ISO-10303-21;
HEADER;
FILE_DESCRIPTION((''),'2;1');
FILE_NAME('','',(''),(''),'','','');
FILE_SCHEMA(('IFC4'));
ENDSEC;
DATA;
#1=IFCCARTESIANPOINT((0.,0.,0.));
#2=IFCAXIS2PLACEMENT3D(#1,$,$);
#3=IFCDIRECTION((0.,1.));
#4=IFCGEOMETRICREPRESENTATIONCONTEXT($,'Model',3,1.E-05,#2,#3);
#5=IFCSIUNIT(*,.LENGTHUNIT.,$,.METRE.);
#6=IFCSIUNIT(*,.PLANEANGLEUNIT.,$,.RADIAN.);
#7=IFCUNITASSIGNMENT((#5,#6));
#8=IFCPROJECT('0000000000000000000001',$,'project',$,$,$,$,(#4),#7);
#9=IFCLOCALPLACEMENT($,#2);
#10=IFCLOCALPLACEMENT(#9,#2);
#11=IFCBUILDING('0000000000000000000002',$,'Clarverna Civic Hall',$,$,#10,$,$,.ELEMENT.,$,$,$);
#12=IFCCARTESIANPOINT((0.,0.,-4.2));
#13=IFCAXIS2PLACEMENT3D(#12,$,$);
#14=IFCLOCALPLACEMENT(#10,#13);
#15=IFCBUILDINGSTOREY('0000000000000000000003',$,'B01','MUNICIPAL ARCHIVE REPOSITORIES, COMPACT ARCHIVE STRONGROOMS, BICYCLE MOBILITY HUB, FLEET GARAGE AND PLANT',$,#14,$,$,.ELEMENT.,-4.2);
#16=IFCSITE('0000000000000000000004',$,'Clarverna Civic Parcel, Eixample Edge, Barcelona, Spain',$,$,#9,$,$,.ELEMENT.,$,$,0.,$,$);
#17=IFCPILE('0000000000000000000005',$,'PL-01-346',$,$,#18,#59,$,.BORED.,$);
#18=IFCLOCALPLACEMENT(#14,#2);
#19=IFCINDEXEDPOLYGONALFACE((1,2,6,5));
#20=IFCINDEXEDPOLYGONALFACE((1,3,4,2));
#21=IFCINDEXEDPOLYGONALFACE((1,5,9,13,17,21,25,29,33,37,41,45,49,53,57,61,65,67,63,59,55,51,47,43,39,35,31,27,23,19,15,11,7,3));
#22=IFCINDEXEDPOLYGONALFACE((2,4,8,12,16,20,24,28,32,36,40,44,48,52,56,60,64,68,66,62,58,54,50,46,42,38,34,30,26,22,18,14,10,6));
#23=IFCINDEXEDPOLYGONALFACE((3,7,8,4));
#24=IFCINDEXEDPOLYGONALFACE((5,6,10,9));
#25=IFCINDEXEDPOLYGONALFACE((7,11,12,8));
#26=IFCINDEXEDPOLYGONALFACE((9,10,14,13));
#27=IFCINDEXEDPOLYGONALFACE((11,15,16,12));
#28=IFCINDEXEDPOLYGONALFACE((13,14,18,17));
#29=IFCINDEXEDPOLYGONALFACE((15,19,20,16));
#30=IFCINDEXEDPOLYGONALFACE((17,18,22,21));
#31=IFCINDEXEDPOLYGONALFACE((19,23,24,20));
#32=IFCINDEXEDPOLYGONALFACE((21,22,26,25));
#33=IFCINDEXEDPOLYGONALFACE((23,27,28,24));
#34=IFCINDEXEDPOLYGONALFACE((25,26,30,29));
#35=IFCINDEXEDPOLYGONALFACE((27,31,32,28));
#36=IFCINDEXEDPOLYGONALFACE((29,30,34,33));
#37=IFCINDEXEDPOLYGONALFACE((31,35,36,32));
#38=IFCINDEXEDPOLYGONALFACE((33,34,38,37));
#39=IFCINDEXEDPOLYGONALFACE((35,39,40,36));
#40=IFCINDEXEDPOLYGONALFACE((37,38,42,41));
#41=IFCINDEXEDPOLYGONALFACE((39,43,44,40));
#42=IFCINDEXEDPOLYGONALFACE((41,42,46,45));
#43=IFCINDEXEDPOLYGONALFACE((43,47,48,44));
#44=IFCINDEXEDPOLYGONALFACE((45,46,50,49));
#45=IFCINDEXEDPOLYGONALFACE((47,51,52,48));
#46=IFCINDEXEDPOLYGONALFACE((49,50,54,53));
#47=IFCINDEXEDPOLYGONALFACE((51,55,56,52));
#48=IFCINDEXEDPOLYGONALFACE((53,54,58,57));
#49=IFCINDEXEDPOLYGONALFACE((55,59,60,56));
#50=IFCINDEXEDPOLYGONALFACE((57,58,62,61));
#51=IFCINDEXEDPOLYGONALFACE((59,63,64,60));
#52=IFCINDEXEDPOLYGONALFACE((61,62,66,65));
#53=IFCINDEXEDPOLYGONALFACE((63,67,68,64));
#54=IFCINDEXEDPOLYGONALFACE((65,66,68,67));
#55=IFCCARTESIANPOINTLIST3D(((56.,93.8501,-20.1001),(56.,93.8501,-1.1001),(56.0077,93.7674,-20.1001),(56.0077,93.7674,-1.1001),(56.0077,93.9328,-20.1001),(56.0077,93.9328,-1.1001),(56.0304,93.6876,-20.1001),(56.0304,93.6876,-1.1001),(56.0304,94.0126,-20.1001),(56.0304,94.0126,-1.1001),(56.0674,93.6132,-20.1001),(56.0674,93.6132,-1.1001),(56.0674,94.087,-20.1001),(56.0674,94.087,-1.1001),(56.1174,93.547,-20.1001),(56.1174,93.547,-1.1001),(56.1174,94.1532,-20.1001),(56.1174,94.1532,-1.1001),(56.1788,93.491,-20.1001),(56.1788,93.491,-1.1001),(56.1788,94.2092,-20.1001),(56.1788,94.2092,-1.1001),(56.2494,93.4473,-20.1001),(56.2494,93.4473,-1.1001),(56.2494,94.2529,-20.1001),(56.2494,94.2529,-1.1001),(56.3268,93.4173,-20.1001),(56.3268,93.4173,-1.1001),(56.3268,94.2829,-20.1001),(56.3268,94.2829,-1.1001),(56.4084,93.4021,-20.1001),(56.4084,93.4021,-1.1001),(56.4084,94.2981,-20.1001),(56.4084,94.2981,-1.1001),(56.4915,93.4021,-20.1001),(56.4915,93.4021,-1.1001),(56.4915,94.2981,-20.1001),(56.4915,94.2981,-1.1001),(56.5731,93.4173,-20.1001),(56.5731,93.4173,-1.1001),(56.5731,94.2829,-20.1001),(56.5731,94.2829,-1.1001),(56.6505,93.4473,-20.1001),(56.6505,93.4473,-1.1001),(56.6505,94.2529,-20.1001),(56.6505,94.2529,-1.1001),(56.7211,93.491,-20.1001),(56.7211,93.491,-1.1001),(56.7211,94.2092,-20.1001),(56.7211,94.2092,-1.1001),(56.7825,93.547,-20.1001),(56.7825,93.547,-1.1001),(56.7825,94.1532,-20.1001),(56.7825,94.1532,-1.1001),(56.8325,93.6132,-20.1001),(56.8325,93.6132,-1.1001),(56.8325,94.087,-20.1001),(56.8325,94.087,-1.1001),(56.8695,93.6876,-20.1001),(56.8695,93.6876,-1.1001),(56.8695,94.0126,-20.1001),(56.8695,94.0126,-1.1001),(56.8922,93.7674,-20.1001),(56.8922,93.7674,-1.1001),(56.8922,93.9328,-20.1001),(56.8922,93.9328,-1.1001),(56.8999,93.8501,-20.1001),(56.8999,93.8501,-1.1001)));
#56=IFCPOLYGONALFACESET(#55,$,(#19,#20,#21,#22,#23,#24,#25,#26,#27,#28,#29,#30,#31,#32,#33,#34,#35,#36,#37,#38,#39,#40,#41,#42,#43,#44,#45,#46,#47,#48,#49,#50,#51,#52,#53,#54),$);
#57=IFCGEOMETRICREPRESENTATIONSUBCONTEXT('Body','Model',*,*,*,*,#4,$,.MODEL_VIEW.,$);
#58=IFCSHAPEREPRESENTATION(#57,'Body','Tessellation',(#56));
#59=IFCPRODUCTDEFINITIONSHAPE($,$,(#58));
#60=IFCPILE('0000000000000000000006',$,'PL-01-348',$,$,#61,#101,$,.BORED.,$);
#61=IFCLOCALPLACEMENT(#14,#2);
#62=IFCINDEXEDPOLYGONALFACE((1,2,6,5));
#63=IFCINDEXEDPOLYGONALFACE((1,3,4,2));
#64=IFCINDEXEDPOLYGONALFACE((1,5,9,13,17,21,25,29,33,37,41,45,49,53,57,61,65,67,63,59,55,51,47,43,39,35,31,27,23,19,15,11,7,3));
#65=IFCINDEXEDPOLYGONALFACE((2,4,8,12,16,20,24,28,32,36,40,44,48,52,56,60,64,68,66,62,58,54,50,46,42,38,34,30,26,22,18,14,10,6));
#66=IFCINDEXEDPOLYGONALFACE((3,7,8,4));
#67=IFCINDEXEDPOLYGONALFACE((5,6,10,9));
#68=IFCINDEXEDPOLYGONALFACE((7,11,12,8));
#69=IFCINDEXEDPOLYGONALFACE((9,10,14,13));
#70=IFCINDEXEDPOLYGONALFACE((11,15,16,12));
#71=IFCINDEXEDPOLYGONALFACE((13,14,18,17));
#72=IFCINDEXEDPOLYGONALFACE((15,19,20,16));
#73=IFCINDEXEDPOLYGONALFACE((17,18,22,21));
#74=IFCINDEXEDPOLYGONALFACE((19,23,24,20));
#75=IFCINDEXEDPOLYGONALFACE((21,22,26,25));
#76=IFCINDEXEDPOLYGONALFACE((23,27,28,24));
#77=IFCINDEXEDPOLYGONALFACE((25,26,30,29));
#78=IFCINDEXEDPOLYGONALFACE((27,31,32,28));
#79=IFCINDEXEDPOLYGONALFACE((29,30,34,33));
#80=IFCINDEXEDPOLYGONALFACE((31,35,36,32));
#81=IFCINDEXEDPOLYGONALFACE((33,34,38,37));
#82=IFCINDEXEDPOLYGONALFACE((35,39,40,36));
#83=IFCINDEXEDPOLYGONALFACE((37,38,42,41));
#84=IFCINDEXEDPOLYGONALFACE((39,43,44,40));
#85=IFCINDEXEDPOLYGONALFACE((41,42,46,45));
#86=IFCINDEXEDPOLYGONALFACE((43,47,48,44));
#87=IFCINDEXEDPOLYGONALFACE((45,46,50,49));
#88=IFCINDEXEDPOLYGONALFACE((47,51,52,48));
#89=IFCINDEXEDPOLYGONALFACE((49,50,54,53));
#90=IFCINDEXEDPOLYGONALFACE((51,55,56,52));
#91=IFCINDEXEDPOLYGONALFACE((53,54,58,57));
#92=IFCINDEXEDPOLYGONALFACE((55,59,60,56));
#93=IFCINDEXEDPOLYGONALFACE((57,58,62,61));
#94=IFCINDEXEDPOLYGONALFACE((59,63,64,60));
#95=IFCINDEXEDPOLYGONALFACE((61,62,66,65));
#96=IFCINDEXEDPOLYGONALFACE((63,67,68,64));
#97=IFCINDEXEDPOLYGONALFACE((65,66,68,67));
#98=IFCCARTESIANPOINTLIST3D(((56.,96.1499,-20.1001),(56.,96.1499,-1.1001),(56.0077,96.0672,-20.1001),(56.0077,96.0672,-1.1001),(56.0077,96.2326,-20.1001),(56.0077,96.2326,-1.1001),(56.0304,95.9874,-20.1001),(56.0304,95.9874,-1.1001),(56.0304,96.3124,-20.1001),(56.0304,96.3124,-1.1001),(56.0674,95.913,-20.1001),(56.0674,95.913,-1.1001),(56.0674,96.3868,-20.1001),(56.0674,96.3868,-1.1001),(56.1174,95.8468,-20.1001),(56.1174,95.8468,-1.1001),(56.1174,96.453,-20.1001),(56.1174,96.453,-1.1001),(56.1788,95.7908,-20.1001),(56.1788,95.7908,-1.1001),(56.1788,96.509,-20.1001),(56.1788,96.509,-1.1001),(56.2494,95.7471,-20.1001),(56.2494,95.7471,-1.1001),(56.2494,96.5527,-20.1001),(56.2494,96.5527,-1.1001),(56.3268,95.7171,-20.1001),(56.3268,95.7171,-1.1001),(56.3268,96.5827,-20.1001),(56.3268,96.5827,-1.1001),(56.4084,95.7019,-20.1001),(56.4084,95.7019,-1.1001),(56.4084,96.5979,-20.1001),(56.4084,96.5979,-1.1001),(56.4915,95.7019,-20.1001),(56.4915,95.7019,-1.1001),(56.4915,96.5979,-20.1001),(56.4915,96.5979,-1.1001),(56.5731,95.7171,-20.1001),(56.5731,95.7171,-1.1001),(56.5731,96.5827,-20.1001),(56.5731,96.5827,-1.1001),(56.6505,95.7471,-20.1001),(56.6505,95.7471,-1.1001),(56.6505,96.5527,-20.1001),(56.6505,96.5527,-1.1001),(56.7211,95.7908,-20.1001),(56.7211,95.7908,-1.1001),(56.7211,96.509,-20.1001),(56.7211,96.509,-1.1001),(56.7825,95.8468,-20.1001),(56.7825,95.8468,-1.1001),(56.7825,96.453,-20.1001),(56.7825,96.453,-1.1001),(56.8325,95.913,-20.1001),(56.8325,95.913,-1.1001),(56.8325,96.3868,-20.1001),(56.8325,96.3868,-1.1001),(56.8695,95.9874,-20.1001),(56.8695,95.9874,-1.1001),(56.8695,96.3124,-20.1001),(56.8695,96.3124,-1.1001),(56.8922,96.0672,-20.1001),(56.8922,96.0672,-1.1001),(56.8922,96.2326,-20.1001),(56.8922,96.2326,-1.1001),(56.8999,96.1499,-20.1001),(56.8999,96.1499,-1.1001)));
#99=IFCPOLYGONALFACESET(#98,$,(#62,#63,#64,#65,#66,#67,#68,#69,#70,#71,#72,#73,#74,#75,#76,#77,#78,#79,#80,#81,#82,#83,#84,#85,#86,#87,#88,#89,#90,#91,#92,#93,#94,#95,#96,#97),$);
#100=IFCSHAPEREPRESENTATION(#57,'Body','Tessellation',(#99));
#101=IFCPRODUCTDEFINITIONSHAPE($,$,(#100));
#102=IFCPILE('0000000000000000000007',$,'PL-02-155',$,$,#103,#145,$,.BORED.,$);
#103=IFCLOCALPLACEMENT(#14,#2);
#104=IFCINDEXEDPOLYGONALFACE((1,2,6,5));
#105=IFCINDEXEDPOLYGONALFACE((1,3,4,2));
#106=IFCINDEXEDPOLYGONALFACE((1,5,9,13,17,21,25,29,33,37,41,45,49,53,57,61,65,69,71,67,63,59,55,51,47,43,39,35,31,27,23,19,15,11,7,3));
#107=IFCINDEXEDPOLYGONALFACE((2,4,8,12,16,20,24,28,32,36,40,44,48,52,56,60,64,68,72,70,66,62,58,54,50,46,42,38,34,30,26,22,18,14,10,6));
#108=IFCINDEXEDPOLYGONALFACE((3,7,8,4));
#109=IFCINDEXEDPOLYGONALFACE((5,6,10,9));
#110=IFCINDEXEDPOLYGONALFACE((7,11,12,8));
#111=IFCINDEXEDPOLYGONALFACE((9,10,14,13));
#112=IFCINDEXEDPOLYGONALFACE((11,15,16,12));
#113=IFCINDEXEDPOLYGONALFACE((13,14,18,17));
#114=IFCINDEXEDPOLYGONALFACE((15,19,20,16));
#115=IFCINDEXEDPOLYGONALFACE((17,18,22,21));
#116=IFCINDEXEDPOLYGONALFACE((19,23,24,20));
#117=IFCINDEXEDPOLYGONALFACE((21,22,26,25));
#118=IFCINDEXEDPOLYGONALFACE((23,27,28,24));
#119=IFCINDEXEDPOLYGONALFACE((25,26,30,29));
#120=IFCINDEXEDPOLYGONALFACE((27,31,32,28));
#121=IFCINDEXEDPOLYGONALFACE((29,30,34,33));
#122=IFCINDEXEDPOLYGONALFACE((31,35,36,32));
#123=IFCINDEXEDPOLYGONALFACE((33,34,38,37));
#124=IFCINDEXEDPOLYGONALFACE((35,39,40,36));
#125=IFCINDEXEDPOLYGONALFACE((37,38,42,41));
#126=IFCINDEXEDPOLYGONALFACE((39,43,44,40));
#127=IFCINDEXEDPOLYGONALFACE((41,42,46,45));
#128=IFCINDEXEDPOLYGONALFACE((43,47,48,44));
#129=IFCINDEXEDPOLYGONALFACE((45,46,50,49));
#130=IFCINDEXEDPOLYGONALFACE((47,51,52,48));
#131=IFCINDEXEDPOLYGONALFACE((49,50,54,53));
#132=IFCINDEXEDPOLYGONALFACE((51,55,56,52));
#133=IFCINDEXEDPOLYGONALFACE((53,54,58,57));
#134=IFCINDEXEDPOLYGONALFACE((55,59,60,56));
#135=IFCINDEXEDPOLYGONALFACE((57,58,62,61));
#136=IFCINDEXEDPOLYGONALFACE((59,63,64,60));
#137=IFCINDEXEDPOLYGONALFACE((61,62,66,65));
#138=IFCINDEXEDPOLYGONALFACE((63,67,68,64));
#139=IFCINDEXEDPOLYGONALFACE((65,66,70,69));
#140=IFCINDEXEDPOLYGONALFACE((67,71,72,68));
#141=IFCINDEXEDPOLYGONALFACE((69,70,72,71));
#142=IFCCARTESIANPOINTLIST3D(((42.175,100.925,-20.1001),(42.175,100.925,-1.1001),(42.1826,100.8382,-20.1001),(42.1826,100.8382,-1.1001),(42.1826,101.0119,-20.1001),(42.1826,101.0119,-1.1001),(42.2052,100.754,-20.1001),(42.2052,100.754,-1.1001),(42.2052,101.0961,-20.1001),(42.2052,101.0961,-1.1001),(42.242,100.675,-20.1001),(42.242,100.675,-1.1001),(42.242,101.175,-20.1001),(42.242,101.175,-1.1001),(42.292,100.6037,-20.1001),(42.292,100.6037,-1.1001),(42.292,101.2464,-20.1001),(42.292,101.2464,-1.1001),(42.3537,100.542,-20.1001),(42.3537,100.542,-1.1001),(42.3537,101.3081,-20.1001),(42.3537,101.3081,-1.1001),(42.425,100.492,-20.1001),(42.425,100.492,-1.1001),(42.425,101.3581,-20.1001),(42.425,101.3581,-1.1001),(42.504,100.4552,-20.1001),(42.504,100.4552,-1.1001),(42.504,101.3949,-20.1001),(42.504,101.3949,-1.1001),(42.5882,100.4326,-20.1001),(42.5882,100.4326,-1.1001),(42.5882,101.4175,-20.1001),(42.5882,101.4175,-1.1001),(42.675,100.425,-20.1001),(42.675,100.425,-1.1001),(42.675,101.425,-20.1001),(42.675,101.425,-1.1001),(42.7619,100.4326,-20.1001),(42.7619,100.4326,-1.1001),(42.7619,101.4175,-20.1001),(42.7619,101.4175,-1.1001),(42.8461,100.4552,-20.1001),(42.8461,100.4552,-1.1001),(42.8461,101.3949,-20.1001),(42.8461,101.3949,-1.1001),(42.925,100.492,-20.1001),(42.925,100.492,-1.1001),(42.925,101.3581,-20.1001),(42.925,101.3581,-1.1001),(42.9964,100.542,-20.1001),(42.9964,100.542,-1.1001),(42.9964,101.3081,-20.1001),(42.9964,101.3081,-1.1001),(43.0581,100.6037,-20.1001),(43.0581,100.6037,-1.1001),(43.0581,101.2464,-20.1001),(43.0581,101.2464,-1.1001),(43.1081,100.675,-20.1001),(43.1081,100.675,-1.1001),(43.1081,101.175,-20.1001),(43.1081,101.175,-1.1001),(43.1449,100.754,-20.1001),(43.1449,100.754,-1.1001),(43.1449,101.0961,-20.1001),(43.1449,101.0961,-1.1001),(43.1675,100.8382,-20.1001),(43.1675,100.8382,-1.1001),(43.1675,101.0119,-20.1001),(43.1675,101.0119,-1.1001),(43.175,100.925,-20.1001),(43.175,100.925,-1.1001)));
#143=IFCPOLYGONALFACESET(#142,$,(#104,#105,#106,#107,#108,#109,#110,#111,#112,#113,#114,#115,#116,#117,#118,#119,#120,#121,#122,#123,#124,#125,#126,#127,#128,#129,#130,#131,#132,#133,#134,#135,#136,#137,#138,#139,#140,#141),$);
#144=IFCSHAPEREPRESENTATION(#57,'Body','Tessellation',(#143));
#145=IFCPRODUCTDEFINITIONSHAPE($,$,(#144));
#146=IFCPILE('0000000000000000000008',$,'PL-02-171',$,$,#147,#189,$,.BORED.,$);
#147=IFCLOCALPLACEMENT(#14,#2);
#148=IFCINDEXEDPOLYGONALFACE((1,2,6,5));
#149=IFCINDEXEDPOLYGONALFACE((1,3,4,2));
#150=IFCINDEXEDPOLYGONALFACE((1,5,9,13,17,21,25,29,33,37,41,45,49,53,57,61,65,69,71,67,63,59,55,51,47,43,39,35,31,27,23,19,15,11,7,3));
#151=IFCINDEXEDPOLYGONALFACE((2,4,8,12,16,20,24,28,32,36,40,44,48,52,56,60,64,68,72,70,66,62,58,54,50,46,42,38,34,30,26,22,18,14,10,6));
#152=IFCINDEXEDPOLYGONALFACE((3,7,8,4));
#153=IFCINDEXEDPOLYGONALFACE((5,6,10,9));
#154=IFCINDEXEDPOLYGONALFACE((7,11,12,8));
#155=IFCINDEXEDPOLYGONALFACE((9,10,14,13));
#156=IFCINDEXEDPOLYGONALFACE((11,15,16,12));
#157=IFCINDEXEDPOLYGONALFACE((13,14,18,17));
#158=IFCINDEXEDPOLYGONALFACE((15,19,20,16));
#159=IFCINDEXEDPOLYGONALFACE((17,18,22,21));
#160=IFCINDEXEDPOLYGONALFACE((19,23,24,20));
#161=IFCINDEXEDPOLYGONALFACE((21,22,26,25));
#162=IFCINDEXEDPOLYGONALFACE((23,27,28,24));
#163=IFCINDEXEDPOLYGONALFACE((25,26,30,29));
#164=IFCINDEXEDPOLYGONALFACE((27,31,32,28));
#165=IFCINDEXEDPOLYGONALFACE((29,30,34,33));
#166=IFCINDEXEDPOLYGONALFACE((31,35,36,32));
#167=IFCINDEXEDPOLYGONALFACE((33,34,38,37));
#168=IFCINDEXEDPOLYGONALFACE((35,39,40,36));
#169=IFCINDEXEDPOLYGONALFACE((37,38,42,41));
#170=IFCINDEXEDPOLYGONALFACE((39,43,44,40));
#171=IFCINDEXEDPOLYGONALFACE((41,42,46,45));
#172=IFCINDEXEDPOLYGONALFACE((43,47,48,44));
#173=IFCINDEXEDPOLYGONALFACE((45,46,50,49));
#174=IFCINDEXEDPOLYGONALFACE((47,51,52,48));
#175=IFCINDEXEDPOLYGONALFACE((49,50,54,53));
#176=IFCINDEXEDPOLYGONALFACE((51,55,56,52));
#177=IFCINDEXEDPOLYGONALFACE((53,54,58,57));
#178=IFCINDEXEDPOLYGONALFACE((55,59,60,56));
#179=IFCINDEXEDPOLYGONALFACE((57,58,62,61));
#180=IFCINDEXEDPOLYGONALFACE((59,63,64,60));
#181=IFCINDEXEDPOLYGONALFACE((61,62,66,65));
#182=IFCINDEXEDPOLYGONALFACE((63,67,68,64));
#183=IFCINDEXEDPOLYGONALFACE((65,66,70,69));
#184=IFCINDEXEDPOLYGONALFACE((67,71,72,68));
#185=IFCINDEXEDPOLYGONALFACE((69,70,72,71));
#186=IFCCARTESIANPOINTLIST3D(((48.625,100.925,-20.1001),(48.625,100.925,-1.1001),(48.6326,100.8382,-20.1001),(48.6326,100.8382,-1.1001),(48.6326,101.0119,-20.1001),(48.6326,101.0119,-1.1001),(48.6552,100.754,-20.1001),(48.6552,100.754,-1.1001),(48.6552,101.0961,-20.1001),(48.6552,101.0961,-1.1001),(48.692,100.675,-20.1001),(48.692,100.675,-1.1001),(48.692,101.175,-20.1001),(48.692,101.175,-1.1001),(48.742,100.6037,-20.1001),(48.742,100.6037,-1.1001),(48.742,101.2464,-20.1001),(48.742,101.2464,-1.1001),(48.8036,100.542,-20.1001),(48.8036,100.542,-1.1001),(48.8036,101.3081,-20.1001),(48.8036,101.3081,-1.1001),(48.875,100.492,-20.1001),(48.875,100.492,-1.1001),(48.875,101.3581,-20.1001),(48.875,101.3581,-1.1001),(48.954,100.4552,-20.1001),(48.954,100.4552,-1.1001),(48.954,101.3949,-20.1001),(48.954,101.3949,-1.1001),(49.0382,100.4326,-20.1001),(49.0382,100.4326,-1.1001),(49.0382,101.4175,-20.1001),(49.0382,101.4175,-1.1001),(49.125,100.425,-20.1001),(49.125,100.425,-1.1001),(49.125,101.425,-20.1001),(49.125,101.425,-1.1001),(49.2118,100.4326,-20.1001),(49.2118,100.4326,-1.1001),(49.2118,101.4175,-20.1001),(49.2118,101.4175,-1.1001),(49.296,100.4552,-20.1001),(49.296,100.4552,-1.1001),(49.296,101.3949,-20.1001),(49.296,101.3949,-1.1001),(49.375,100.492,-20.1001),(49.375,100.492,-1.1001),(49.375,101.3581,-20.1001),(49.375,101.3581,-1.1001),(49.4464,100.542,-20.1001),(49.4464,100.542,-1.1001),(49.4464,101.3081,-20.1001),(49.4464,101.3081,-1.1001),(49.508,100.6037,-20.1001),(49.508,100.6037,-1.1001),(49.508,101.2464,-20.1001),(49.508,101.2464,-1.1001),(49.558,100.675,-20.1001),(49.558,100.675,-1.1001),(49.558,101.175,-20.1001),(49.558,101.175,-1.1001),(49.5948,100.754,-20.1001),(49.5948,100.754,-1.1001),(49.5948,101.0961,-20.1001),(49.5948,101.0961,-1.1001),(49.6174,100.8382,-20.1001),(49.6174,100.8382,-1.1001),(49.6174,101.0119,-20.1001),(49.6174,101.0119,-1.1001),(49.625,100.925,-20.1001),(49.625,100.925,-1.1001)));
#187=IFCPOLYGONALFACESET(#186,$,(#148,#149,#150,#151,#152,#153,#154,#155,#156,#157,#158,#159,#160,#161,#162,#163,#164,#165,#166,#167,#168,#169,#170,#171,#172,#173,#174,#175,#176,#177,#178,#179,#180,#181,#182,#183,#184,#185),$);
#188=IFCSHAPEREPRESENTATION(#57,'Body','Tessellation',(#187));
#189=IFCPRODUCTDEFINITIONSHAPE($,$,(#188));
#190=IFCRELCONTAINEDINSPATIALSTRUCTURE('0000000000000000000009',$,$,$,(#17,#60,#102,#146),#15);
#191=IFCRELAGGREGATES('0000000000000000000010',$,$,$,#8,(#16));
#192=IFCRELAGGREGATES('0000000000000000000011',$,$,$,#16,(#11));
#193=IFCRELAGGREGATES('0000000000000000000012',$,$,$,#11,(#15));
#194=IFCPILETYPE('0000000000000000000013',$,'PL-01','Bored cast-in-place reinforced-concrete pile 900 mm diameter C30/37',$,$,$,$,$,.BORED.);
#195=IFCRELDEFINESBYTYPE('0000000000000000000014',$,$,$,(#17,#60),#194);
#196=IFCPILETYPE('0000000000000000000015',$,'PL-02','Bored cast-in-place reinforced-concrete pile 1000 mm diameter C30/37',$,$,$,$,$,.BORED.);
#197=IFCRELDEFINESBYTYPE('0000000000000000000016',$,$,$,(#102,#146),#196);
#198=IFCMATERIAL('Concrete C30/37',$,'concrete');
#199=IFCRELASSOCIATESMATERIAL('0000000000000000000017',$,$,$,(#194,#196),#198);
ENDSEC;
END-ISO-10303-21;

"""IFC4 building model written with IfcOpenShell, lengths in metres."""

from ifc_helpers import new_model, si_unit, direction, frame, origin, origin_2d, place, context, subcontext, project, spatial, circle, extrude, material, material_profile, profile_set, type_object, element, save


model = new_model("IFC4")

# Units and contexts
model_context = context("Model", 3, precision=1e-05, world=origin(), true_north=direction((0.0, 1.0)))
body_context = subcontext(model_context, "Body", "Model", "MODEL_VIEW")
ifc_project = project(units=[si_unit("LENGTHUNIT", "METRE"), si_unit("PLANEANGLEUNIT", "RADIAN")], contexts=[model_context])

# Site, building, storey
site_placement = place(None, origin())
site = spatial("IfcSite", under=ifc_project, at=site_placement, Name="Clarverna Civic Parcel, Eixample Edge, Barcelona, Spain", CompositionType="ELEMENT", RefElevation=0.0)
building_placement = place(site_placement, origin())
building = spatial("IfcBuilding", under=site, at=building_placement, Name="Clarverna Civic Hall", CompositionType="ELEMENT")
storey_placement = place(building_placement, frame((0.0, 0.0, -4.2)))
storey = spatial("IfcBuildingStorey", under=building, at=storey_placement, Name="B01", Description="MUNICIPAL ARCHIVE REPOSITORIES, COMPACT ARCHIVE STRONGROOMS, BICYCLE MOBILITY HUB, FLEET GARAGE AND PLANT", CompositionType="ELEMENT", Elevation=-4.2)

# Shared definitions
ifc_material_1 = material(Name="Concrete C30/37", Category="concrete")

# Piles
ifc_material_profile_1 = material_profile(ifc_material_1, circle(Radius=0.45, at=origin_2d()), Name="BORED PILE D900")
ifc_profile_set_1 = profile_set([ifc_material_profile_1], Name="Concrete C30/37")
pile_type_1 = type_object("IfcPileType", Name="PL-01", Description="Bored cast-in-place reinforced-concrete pile 900 mm diameter C30/37", PredefinedType="BORED", material=ifc_profile_set_1)
for number, where, z_axis, x_axis, name in (
    (1, (56.45, 93.8501, -1.1001), (0.0, 0.0, -1.0), (1.0, 0.0, 0.0), "PL-01-346"),
    (2, (56.45, 96.1499, -1.1001), (0.0, 0.0, -1.0), (1.0, 0.0, 0.0), "PL-01-348"),
):
    element("IfcPile", number, at=place(storey_placement, frame(where, z_axis=z_axis, x_axis=x_axis)), inside=storey, type_object=pile_type_1, Name=name, PredefinedType="BORED", context=body_context, shape_type="SweptSolid", body=[
        extrude(circle(Radius=0.45, at=origin_2d()), origin(), (0.0, 0.0, 1.0), 19.0),
    ])
ifc_material_profile_2 = material_profile(ifc_material_1, circle(Radius=0.5, at=origin_2d()), Name="BORED PILE D1000")
ifc_profile_set_2 = profile_set([ifc_material_profile_2], Name="Concrete C30/37")
pile_type_2 = type_object("IfcPileType", Name="PL-02", Description="Bored cast-in-place reinforced-concrete pile 1000 mm diameter C30/37", PredefinedType="BORED", material=ifc_profile_set_2)
for number, where, z_axis, x_axis, name in (
    (3, (42.675, 100.925, -1.1001), (0.0, 0.0, -1.0), (1.0, 0.0, 0.0), "PL-02-155"),
    (4, (49.125, 100.925, -1.1001), (0.0, 0.0, -1.0), (1.0, 0.0, 0.0), "PL-02-171"),
):
    element("IfcPile", number, at=place(storey_placement, frame(where, z_axis=z_axis, x_axis=x_axis)), inside=storey, type_object=pile_type_2, Name=name, PredefinedType="BORED", context=body_context, shape_type="SweptSolid", body=[
        extrude(circle(Radius=0.5, at=origin_2d()), origin(), (0.0, 0.0, 1.0), 19.0),
    ])

save(model, "model.ifc")
